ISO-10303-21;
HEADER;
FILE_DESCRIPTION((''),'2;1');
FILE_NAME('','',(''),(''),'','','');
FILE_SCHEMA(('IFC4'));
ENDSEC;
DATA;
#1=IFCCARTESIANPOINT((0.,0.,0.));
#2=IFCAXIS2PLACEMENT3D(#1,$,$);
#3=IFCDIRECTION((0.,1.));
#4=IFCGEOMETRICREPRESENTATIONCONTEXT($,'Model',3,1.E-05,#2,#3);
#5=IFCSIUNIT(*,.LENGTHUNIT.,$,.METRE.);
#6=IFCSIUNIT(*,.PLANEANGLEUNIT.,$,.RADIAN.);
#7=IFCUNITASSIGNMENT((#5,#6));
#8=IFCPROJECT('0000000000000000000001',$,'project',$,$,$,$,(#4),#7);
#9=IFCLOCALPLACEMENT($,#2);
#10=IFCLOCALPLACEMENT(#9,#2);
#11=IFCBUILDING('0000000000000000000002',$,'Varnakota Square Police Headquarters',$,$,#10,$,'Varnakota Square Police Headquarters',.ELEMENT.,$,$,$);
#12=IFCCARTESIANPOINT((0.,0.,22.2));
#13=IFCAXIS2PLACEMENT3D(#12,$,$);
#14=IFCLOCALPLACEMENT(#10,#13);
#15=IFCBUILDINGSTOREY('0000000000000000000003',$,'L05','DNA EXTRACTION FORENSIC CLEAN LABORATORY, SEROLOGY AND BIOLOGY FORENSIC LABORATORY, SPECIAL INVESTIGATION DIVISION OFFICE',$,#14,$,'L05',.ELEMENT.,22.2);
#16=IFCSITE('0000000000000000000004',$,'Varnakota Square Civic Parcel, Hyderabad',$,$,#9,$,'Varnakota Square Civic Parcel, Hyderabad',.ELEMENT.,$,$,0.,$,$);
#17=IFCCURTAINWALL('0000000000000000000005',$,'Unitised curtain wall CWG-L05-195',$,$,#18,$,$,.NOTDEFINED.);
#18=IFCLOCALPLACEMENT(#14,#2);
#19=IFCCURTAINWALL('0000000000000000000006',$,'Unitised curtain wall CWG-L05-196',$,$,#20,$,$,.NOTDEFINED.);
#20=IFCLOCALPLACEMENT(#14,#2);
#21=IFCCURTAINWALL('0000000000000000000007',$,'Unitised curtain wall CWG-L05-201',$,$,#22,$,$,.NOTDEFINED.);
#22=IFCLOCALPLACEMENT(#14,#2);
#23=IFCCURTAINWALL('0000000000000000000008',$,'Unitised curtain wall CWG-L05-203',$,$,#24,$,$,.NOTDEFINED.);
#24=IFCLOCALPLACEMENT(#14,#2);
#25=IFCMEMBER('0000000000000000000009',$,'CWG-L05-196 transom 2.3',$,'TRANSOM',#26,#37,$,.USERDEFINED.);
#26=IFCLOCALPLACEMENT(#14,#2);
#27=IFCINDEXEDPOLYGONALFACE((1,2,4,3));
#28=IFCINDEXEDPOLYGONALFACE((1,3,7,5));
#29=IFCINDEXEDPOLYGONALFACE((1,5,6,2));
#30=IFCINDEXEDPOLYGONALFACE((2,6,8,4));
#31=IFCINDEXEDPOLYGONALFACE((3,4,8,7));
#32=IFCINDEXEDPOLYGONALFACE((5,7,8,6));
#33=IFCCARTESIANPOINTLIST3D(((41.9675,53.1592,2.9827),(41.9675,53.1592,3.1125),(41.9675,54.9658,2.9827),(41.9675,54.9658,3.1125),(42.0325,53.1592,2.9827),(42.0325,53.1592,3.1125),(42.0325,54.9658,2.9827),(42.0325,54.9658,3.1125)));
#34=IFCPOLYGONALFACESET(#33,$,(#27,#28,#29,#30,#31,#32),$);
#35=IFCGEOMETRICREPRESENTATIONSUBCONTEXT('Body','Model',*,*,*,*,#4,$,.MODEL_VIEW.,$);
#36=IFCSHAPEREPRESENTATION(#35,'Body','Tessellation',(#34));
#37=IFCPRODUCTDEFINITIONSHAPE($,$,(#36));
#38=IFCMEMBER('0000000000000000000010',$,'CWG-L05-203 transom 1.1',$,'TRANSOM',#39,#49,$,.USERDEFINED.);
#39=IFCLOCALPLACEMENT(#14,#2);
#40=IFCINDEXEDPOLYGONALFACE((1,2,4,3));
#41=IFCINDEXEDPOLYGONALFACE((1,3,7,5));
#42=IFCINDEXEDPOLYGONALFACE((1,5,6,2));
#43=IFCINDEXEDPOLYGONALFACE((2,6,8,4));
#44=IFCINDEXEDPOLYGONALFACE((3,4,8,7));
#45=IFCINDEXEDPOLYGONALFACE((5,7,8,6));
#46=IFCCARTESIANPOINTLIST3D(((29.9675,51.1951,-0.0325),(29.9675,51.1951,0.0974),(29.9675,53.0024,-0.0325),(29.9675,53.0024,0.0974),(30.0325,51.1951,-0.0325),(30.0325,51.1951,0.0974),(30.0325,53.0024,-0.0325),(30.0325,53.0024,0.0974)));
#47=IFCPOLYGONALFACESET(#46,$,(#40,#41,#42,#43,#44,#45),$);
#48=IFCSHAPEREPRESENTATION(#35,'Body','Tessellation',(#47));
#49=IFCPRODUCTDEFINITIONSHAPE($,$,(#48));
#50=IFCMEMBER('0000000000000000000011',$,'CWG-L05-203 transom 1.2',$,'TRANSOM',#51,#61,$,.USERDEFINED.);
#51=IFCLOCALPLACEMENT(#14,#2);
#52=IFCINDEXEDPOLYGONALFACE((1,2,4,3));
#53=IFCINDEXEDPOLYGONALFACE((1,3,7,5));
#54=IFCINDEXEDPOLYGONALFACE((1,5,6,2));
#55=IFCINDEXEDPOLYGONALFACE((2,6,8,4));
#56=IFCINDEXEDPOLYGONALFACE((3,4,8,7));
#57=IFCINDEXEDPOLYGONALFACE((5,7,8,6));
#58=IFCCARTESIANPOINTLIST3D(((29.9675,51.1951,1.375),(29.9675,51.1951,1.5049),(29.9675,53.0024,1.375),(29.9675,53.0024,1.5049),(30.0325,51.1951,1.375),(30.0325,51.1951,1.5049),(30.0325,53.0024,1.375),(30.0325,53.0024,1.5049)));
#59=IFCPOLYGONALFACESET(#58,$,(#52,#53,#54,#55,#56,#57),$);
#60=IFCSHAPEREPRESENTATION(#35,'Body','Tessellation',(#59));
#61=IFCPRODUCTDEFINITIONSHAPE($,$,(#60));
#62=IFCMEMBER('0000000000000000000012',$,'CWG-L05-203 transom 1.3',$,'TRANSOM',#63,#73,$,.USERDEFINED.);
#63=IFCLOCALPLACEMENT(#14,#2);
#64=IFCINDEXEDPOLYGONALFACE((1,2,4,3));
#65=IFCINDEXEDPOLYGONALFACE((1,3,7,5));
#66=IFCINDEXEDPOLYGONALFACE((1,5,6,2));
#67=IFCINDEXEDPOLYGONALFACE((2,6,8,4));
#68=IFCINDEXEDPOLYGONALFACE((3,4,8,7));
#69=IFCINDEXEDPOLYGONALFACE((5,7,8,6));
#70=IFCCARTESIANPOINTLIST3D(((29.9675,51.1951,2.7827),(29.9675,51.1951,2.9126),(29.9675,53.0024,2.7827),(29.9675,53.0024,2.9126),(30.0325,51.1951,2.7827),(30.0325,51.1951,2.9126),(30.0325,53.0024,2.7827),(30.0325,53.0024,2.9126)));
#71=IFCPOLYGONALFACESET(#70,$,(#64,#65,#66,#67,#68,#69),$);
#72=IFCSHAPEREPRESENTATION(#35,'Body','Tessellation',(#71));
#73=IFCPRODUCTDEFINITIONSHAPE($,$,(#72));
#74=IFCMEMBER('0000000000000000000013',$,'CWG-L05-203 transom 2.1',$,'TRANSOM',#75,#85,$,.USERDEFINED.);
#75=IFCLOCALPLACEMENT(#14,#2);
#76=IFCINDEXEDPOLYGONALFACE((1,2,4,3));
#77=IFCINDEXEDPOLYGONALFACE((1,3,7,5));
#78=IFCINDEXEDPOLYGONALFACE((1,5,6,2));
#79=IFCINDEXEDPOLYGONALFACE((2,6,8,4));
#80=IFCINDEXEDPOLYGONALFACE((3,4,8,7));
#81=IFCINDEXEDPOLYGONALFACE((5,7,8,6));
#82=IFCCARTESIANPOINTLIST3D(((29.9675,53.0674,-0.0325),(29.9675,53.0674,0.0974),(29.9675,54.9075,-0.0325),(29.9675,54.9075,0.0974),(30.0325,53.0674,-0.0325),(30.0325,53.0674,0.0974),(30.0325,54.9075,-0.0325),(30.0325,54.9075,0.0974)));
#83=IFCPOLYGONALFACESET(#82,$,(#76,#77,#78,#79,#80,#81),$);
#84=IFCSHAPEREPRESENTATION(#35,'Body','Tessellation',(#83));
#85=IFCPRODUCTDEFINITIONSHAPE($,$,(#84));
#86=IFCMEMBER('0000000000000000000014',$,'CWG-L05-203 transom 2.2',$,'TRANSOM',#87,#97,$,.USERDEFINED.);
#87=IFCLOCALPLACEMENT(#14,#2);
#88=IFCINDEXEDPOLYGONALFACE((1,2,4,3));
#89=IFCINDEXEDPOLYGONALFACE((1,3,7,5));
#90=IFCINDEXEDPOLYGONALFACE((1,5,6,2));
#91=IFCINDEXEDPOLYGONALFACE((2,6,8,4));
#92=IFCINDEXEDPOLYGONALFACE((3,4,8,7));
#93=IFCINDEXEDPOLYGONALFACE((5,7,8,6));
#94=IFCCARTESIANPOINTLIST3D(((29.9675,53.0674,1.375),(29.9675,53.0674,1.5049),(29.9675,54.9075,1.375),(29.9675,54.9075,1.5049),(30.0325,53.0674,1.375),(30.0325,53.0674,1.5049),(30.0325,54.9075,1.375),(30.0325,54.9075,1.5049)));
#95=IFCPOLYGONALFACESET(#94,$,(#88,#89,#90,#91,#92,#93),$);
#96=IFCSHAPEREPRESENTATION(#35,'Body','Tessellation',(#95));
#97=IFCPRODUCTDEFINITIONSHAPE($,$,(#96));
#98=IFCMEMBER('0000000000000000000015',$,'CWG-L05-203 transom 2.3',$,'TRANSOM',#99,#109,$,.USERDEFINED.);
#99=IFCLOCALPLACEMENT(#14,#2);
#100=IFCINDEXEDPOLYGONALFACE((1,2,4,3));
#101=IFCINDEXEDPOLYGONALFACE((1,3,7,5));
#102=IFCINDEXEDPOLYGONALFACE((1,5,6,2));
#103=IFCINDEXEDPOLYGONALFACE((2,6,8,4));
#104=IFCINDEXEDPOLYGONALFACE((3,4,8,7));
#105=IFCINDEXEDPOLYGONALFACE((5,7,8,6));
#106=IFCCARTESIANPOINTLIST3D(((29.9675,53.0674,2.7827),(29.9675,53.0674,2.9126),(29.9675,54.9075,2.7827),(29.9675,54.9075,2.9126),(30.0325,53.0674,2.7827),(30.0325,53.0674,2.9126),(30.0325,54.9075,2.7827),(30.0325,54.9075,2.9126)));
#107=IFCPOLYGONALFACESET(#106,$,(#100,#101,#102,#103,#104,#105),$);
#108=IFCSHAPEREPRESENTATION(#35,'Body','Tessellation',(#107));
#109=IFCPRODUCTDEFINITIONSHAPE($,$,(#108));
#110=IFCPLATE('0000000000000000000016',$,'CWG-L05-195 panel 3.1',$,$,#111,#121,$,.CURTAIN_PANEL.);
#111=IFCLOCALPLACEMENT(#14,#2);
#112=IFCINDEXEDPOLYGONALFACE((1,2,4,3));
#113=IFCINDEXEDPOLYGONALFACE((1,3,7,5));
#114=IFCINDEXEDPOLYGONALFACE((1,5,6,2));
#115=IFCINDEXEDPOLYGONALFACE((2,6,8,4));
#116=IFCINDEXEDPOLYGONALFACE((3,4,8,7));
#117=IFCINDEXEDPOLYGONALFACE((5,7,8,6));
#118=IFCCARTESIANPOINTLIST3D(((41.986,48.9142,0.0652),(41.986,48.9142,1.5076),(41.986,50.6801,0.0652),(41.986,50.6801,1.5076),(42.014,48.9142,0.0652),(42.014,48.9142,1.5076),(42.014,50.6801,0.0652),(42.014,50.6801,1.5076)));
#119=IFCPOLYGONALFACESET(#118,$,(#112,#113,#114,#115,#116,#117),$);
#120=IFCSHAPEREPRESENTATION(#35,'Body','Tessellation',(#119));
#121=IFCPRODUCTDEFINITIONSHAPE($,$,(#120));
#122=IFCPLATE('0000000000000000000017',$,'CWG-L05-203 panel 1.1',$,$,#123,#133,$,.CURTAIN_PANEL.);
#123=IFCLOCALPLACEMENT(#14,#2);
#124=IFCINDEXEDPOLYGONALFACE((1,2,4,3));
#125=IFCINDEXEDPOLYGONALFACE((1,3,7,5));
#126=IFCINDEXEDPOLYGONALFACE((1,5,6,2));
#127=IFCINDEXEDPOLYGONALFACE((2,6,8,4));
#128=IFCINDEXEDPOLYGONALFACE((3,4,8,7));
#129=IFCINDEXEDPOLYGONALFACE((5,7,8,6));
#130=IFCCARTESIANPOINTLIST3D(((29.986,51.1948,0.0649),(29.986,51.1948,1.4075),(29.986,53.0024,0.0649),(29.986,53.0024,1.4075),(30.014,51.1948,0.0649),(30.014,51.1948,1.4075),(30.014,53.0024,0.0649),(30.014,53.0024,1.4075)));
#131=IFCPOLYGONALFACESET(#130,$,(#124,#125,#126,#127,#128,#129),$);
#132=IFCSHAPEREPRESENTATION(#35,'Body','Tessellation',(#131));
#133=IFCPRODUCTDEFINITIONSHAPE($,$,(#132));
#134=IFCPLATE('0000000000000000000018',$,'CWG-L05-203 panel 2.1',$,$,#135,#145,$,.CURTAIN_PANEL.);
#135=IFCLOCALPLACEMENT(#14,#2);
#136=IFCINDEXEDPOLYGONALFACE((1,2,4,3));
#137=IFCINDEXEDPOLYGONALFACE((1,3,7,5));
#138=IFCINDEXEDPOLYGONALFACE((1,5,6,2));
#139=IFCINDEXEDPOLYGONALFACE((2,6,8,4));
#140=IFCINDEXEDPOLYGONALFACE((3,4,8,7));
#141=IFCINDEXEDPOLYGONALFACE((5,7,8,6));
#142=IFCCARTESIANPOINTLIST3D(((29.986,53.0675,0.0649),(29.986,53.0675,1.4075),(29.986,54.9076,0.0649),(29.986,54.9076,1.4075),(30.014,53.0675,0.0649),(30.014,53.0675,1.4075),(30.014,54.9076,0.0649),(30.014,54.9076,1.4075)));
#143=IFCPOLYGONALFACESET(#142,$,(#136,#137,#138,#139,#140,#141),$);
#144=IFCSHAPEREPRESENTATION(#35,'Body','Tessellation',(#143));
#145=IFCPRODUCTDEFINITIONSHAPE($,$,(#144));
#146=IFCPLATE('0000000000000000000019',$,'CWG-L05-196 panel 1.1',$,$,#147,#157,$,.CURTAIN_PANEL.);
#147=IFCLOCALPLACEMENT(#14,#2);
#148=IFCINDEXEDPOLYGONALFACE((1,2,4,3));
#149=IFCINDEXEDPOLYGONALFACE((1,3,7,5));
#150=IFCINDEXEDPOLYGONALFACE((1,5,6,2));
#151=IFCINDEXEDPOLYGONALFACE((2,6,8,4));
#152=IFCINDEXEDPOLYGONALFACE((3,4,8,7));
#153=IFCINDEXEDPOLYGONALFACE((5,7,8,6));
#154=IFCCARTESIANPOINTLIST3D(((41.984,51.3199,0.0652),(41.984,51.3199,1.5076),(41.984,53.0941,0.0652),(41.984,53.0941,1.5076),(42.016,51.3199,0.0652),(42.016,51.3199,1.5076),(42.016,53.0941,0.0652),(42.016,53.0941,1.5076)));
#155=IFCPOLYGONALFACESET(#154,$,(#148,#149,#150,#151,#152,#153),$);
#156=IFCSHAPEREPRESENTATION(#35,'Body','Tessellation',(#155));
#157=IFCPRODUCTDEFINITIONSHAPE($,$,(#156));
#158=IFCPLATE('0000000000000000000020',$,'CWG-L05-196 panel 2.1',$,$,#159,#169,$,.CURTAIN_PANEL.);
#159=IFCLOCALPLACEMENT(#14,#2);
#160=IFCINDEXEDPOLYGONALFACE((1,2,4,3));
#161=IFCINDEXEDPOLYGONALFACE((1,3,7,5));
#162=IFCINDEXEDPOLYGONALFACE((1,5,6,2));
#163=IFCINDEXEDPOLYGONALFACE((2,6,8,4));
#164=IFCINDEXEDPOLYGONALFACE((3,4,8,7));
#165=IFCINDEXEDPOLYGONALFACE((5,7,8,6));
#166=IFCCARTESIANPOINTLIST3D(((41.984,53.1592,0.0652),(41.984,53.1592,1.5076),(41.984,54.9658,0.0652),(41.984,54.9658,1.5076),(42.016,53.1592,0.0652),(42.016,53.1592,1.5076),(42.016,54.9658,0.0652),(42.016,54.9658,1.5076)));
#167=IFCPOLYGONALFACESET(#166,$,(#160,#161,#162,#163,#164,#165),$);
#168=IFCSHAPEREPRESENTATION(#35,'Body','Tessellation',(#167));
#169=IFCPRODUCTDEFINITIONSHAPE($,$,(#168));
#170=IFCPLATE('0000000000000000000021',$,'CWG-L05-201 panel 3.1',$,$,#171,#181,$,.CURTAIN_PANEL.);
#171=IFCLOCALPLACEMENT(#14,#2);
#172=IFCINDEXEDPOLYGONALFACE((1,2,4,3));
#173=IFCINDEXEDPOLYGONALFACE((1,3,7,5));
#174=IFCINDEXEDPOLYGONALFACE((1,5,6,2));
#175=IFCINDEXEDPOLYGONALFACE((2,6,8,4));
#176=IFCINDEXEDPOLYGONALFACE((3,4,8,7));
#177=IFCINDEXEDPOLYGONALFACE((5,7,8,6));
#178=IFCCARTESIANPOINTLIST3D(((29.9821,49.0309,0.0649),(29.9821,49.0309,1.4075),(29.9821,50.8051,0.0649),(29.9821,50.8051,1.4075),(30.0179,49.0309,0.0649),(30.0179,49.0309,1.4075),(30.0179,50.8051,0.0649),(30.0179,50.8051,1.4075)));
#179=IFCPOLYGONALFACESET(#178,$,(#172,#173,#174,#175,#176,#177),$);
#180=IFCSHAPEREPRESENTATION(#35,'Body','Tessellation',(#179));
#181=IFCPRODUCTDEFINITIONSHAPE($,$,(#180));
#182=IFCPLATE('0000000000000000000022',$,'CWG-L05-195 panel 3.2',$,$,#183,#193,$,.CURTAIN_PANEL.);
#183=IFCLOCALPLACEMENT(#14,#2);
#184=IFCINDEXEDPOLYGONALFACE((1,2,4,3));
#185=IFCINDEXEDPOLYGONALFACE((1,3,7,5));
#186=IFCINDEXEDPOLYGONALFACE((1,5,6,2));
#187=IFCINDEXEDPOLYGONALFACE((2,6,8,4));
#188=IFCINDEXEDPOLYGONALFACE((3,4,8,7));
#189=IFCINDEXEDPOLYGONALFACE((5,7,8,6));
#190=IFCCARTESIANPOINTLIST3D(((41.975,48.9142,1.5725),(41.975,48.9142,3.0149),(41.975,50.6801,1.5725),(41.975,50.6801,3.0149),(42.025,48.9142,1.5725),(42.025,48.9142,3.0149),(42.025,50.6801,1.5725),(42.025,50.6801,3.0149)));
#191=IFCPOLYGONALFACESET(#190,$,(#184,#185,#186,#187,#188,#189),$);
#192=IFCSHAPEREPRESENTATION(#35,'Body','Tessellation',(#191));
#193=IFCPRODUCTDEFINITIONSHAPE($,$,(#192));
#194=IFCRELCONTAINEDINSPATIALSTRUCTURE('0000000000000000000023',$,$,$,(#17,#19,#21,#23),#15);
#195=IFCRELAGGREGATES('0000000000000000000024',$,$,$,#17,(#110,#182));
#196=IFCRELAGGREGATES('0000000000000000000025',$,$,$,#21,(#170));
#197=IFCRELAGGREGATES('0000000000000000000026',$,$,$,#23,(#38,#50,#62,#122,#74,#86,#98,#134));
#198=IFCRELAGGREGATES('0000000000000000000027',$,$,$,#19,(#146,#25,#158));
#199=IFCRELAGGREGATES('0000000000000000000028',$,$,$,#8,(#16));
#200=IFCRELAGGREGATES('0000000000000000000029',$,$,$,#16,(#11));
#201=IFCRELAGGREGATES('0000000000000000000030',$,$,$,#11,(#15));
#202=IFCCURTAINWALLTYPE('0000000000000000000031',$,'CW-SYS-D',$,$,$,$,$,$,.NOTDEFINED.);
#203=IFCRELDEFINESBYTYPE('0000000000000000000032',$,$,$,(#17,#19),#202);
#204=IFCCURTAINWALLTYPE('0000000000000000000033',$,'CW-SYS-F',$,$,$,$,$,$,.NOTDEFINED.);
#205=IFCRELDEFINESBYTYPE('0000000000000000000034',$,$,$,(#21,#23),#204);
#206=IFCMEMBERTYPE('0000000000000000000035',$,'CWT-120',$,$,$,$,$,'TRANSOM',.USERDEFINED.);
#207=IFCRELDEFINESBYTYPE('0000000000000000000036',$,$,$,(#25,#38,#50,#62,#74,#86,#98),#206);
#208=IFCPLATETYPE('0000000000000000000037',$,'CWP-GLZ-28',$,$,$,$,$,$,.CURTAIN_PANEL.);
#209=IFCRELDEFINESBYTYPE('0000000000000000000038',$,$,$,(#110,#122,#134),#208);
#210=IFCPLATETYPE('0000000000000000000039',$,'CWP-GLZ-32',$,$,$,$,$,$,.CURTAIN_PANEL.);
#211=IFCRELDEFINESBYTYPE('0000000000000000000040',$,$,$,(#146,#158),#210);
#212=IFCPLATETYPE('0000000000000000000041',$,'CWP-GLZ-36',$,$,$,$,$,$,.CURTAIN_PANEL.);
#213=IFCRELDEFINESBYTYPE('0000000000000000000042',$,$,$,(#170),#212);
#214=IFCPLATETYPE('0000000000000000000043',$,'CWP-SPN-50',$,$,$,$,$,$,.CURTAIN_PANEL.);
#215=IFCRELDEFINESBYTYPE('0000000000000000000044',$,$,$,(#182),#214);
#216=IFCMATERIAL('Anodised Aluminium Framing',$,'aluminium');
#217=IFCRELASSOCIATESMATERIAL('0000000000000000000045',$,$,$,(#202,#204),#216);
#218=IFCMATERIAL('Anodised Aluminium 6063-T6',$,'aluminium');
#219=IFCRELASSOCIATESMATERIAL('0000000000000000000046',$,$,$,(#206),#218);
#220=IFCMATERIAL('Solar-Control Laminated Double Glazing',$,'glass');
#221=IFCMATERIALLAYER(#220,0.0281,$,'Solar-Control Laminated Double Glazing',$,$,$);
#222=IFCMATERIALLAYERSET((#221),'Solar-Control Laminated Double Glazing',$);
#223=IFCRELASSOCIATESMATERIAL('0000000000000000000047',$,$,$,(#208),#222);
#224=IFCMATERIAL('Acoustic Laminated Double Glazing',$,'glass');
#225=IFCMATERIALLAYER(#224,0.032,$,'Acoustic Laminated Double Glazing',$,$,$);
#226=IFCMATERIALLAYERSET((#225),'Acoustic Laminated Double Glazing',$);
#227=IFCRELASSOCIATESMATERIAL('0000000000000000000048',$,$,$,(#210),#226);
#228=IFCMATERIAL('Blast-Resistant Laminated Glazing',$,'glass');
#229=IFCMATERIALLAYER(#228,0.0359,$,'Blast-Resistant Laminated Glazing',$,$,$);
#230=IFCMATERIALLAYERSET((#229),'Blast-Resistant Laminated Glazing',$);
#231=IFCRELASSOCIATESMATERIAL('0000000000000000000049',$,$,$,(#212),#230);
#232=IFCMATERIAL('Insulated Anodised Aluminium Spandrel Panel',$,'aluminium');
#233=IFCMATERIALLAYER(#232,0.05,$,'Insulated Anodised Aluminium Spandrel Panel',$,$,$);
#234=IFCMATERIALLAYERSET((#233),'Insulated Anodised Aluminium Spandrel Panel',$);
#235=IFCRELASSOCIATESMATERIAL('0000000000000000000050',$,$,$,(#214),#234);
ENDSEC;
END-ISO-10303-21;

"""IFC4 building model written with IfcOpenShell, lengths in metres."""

from ifc_helpers import new_model, si_unit, direction, frame, origin, origin_2d, place, context, subcontext, project, spatial, rectangle, extrude, material, layer, layer_set, material_profile, profile_set, type_object, element, aggregate, save


model = new_model("IFC4")

# Units and contexts
model_context = context("Model", 3, precision=1e-05, world=origin(), true_north=direction((0.0, 1.0)))
body_context = subcontext(model_context, "Body", "Model", "MODEL_VIEW")
ifc_project = project(units=[si_unit("LENGTHUNIT", "METRE"), si_unit("PLANEANGLEUNIT", "RADIAN")], contexts=[model_context])

# Site, building, storey
site_placement = place(None, origin())
site = spatial("IfcSite", under=ifc_project, at=site_placement, Name="Varnakota Square Civic Parcel, Hyderabad", LongName="Varnakota Square Civic Parcel, Hyderabad", CompositionType="ELEMENT", RefElevation=0.0)
building_placement = place(site_placement, origin())
building = spatial("IfcBuilding", under=site, at=building_placement, Name="Varnakota Square Police Headquarters", LongName="Varnakota Square Police Headquarters", CompositionType="ELEMENT")
storey_placement = place(building_placement, frame((0.0, 0.0, 22.2)))
storey = spatial("IfcBuildingStorey", under=building, at=storey_placement, Name="L05", Description="DNA EXTRACTION FORENSIC CLEAN LABORATORY, SEROLOGY AND BIOLOGY FORENSIC LABORATORY, SPECIAL INVESTIGATION DIVISION OFFICE", LongName="L05", CompositionType="ELEMENT", Elevation=22.2)

# Curtain wall
ifc_material_1 = material(Name="Anodised Aluminium Framing", Category="aluminium")
curtain_wall_type_1 = type_object("IfcCurtainWallType", Name="CW-SYS-D", PredefinedType="NOTDEFINED", material=ifc_material_1)
curtain_wall_1_placement = place(storey_placement, origin())
curtain_wall_1 = element("IfcCurtainWall", 1, at=curtain_wall_1_placement, inside=storey, type_object=curtain_wall_type_1, Name="Unitised curtain wall CWG-L05-195", PredefinedType="NOTDEFINED")
ifc_material_2 = material(Name="Anodised Aluminium 6063-T6", Category="aluminium")

# Curtain wall
curtain_wall_2_placement = place(storey_placement, origin())
curtain_wall_2 = element("IfcCurtainWall", 2, at=curtain_wall_2_placement, inside=storey, type_object=curtain_wall_type_1, Name="Unitised curtain wall CWG-L05-196", PredefinedType="NOTDEFINED")

# Curtain wall
curtain_wall_type_2 = type_object("IfcCurtainWallType", Name="CW-SYS-F", PredefinedType="NOTDEFINED", material=ifc_material_1)
curtain_wall_3_placement = place(storey_placement, origin())
curtain_wall_3 = element("IfcCurtainWall", 3, at=curtain_wall_3_placement, inside=storey, type_object=curtain_wall_type_2, Name="Unitised curtain wall CWG-L05-201", PredefinedType="NOTDEFINED")

# Curtain wall
curtain_wall_4_placement = place(storey_placement, origin())
curtain_wall_4 = element("IfcCurtainWall", 4, at=curtain_wall_4_placement, inside=storey, type_object=curtain_wall_type_2, Name="Unitised curtain wall CWG-L05-203", PredefinedType="NOTDEFINED")

# Members
ifc_material_profile_1 = material_profile(ifc_material_2, rectangle(XDim=0.0649, YDim=0.1299, at=origin_2d()), Name="ALU TRANSOM 65x130")
ifc_profile_set_1 = profile_set([ifc_material_profile_1], Name="Anodised Aluminium 6063-T6")
member_type_1 = type_object("IfcMemberType", Name="CWT-120", ElementType="TRANSOM", PredefinedType="USERDEFINED", material=ifc_profile_set_1)
member_1_placement = place(storey_placement, frame((42.0, 53.1592, 3.0476), z_axis=(0.0, 1.0, 0.0), x_axis=(-1.0, 0.0, 0.0)))
member_1 = element("IfcMember", 5, at=member_1_placement, type_object=member_type_1, Name="CWG-L05-196 transom 2.3", ObjectType="TRANSOM", PredefinedType="USERDEFINED", context=body_context, shape_type="SweptSolid", body=[
    extrude(rectangle(XDim=0.0649, YDim=0.1299, at=origin_2d()), origin(), (0.0, 0.0, 1.0), 1.8066),
])
member_2_placement = place(storey_placement, frame((30.0, 51.1951, 0.0325), z_axis=(0.0, 1.0, 0.0), x_axis=(-1.0, 0.0, 0.0)))
member_2 = element("IfcMember", 6, at=member_2_placement, type_object=member_type_1, Name="CWG-L05-203 transom 1.1", ObjectType="TRANSOM", PredefinedType="USERDEFINED", context=body_context, shape_type="SweptSolid", body=[
    extrude(rectangle(XDim=0.0649, YDim=0.1299, at=origin_2d()), origin(), (0.0, 0.0, 1.0), 1.8074),
])
member_3_placement = place(storey_placement, frame((30.0, 51.1951, 1.4399), z_axis=(0.0, 1.0, 0.0), x_axis=(-1.0, 0.0, 0.0)))
member_3 = element("IfcMember", 7, at=member_3_placement, type_object=member_type_1, Name="CWG-L05-203 transom 1.2", ObjectType="TRANSOM", PredefinedType="USERDEFINED", context=body_context, shape_type="SweptSolid", body=[
    extrude(rectangle(XDim=0.0649, YDim=0.1299, at=origin_2d()), origin(), (0.0, 0.0, 1.0), 1.8074),
])
member_4_placement = place(storey_placement, frame((30.0, 51.1951, 2.8477), z_axis=(0.0, 1.0, 0.0), x_axis=(-1.0, 0.0, 0.0)))
member_4 = element("IfcMember", 8, at=member_4_placement, type_object=member_type_1, Name="CWG-L05-203 transom 1.3", ObjectType="TRANSOM", PredefinedType="USERDEFINED", context=body_context, shape_type="SweptSolid", body=[
    extrude(rectangle(XDim=0.0649, YDim=0.1299, at=origin_2d()), origin(), (0.0, 0.0, 1.0), 1.8074),
])
member_5_placement = place(storey_placement, frame((30.0, 53.0674, 0.0325), z_axis=(0.0, 1.0, 0.0), x_axis=(-1.0, 0.0, 0.0)))
member_5 = element("IfcMember", 9, at=member_5_placement, type_object=member_type_1, Name="CWG-L05-203 transom 2.1", ObjectType="TRANSOM", PredefinedType="USERDEFINED", context=body_context, shape_type="SweptSolid", body=[
    extrude(rectangle(XDim=0.0649, YDim=0.1299, at=origin_2d()), origin(), (0.0, 0.0, 1.0), 1.8401),
])
member_6_placement = place(storey_placement, frame((30.0, 53.0674, 1.4399), z_axis=(0.0, 1.0, 0.0), x_axis=(-1.0, 0.0, 0.0)))
member_6 = element("IfcMember", 10, at=member_6_placement, type_object=member_type_1, Name="CWG-L05-203 transom 2.2", ObjectType="TRANSOM", PredefinedType="USERDEFINED", context=body_context, shape_type="SweptSolid", body=[
    extrude(rectangle(XDim=0.0649, YDim=0.1299, at=origin_2d()), origin(), (0.0, 0.0, 1.0), 1.8401),
])
member_7_placement = place(storey_placement, frame((30.0, 53.0674, 2.8477), z_axis=(0.0, 1.0, 0.0), x_axis=(-1.0, 0.0, 0.0)))
member_7 = element("IfcMember", 11, at=member_7_placement, type_object=member_type_1, Name="CWG-L05-203 transom 2.3", ObjectType="TRANSOM", PredefinedType="USERDEFINED", context=body_context, shape_type="SweptSolid", body=[
    extrude(rectangle(XDim=0.0649, YDim=0.1299, at=origin_2d()), origin(), (0.0, 0.0, 1.0), 1.8401),
])

# Plates
ifc_material_3 = material(Name="Solar-Control Laminated Double Glazing", Category="glass")
ifc_layer_1 = layer(ifc_material_3, 0.0281, Name="Solar-Control Laminated Double Glazing")
ifc_layer_set_1 = layer_set([ifc_layer_1], Name="Solar-Control Laminated Double Glazing")
plate_type_1 = type_object("IfcPlateType", Name="CWP-GLZ-28", PredefinedType="CURTAIN_PANEL", material=ifc_layer_set_1)
plate_1_placement = place(storey_placement, frame((42.0, 49.7971, 0.0652), z_axis=(0.0, 0.0, 1.0), x_axis=(0.0, 1.0, 0.0)))
plate_1 = element("IfcPlate", 12, at=plate_1_placement, type_object=plate_type_1, Name="CWG-L05-195 panel 3.1", PredefinedType="CURTAIN_PANEL", context=body_context, shape_type="SweptSolid", body=[
    extrude(rectangle(XDim=1.7659, YDim=0.0281, at=origin_2d()), origin(), (0.0, 0.0, 1.0), 1.4424),
])
plate_2_placement = place(storey_placement, frame((30.0, 52.0986, 0.0649), z_axis=(0.0, 0.0, 1.0), x_axis=(0.0, 1.0, 0.0)))
plate_2 = element("IfcPlate", 13, at=plate_2_placement, type_object=plate_type_1, Name="CWG-L05-203 panel 1.1", PredefinedType="CURTAIN_PANEL", context=body_context, shape_type="SweptSolid", body=[
    extrude(rectangle(XDim=1.8076, YDim=0.0281, at=origin_2d()), origin(), (0.0, 0.0, 1.0), 1.3425),
])
plate_3_placement = place(storey_placement, frame((30.0, 53.9875, 0.0649), z_axis=(0.0, 0.0, 1.0), x_axis=(0.0, 1.0, 0.0)))
plate_3 = element("IfcPlate", 14, at=plate_3_placement, type_object=plate_type_1, Name="CWG-L05-203 panel 2.1", PredefinedType="CURTAIN_PANEL", context=body_context, shape_type="SweptSolid", body=[
    extrude(rectangle(XDim=1.8401, YDim=0.0281, at=origin_2d()), origin(), (0.0, 0.0, 1.0), 1.3425),
])
ifc_material_4 = material(Name="Acoustic Laminated Double Glazing", Category="glass")
ifc_layer_2 = layer(ifc_material_4, 0.032, Name="Acoustic Laminated Double Glazing")
ifc_layer_set_2 = layer_set([ifc_layer_2], Name="Acoustic Laminated Double Glazing")
plate_type_2 = type_object("IfcPlateType", Name="CWP-GLZ-32", PredefinedType="CURTAIN_PANEL", material=ifc_layer_set_2)
plate_4_placement = place(storey_placement, frame((42.0, 52.207, 0.0652), z_axis=(0.0, 0.0, 1.0), x_axis=(0.0, 1.0, 0.0)))
plate_4 = element("IfcPlate", 15, at=plate_4_placement, type_object=plate_type_2, Name="CWG-L05-196 panel 1.1", PredefinedType="CURTAIN_PANEL", context=body_context, shape_type="SweptSolid", body=[
    extrude(rectangle(XDim=1.7742, YDim=0.032, at=origin_2d()), origin(), (0.0, 0.0, 1.0), 1.4424),
])
plate_5_placement = place(storey_placement, frame((42.0, 54.0625, 0.0652), z_axis=(0.0, 0.0, 1.0), x_axis=(0.0, 1.0, 0.0)))
plate_5 = element("IfcPlate", 16, at=plate_5_placement, type_object=plate_type_2, Name="CWG-L05-196 panel 2.1", PredefinedType="CURTAIN_PANEL", context=body_context, shape_type="SweptSolid", body=[
    extrude(rectangle(XDim=1.8066, YDim=0.032, at=origin_2d()), origin(), (0.0, 0.0, 1.0), 1.4424),
])
ifc_material_5 = material(Name="Blast-Resistant Laminated Glazing", Category="glass")
ifc_layer_3 = layer(ifc_material_5, 0.0359, Name="Blast-Resistant Laminated Glazing")
ifc_layer_set_3 = layer_set([ifc_layer_3], Name="Blast-Resistant Laminated Glazing")
plate_type_3 = type_object("IfcPlateType", Name="CWP-GLZ-36", PredefinedType="CURTAIN_PANEL", material=ifc_layer_set_3)
plate_6_placement = place(storey_placement, frame((30.0, 49.918, 0.0649), z_axis=(0.0, 0.0, 1.0), x_axis=(0.0, 1.0, 0.0)))
plate_6 = element("IfcPlate", 17, at=plate_6_placement, type_object=plate_type_3, Name="CWG-L05-201 panel 3.1", PredefinedType="CURTAIN_PANEL", context=body_context, shape_type="SweptSolid", body=[
    extrude(rectangle(XDim=1.7742, YDim=0.0359, at=origin_2d()), origin(), (0.0, 0.0, 1.0), 1.3425),
])
ifc_material_6 = material(Name="Insulated Anodised Aluminium Spandrel Panel", Category="aluminium")
ifc_layer_4 = layer(ifc_material_6, 0.05, Name="Insulated Anodised Aluminium Spandrel Panel")
ifc_layer_set_4 = layer_set([ifc_layer_4], Name="Insulated Anodised Aluminium Spandrel Panel")
plate_type_4 = type_object("IfcPlateType", Name="CWP-SPN-50", PredefinedType="CURTAIN_PANEL", material=ifc_layer_set_4)
plate_7_placement = place(storey_placement, frame((42.0, 49.7971, 1.5725), z_axis=(0.0, 0.0, 1.0), x_axis=(0.0, 1.0, 0.0)))
plate_7 = element("IfcPlate", 18, at=plate_7_placement, type_object=plate_type_4, Name="CWG-L05-195 panel 3.2", PredefinedType="CURTAIN_PANEL", context=body_context, shape_type="SweptSolid", body=[
    extrude(rectangle(XDim=1.7659, YDim=0.05, at=origin_2d()), origin(), (0.0, 0.0, 1.0), 1.4424),
])
aggregate(curtain_wall_1, [plate_1, plate_7])
aggregate(curtain_wall_3, [plate_6])
aggregate(curtain_wall_4, [member_2, member_3, member_4, plate_2, member_5, member_6, member_7, plate_3])
aggregate(curtain_wall_2, [plate_4, member_1, plate_5])

save(model, "model.ifc")
